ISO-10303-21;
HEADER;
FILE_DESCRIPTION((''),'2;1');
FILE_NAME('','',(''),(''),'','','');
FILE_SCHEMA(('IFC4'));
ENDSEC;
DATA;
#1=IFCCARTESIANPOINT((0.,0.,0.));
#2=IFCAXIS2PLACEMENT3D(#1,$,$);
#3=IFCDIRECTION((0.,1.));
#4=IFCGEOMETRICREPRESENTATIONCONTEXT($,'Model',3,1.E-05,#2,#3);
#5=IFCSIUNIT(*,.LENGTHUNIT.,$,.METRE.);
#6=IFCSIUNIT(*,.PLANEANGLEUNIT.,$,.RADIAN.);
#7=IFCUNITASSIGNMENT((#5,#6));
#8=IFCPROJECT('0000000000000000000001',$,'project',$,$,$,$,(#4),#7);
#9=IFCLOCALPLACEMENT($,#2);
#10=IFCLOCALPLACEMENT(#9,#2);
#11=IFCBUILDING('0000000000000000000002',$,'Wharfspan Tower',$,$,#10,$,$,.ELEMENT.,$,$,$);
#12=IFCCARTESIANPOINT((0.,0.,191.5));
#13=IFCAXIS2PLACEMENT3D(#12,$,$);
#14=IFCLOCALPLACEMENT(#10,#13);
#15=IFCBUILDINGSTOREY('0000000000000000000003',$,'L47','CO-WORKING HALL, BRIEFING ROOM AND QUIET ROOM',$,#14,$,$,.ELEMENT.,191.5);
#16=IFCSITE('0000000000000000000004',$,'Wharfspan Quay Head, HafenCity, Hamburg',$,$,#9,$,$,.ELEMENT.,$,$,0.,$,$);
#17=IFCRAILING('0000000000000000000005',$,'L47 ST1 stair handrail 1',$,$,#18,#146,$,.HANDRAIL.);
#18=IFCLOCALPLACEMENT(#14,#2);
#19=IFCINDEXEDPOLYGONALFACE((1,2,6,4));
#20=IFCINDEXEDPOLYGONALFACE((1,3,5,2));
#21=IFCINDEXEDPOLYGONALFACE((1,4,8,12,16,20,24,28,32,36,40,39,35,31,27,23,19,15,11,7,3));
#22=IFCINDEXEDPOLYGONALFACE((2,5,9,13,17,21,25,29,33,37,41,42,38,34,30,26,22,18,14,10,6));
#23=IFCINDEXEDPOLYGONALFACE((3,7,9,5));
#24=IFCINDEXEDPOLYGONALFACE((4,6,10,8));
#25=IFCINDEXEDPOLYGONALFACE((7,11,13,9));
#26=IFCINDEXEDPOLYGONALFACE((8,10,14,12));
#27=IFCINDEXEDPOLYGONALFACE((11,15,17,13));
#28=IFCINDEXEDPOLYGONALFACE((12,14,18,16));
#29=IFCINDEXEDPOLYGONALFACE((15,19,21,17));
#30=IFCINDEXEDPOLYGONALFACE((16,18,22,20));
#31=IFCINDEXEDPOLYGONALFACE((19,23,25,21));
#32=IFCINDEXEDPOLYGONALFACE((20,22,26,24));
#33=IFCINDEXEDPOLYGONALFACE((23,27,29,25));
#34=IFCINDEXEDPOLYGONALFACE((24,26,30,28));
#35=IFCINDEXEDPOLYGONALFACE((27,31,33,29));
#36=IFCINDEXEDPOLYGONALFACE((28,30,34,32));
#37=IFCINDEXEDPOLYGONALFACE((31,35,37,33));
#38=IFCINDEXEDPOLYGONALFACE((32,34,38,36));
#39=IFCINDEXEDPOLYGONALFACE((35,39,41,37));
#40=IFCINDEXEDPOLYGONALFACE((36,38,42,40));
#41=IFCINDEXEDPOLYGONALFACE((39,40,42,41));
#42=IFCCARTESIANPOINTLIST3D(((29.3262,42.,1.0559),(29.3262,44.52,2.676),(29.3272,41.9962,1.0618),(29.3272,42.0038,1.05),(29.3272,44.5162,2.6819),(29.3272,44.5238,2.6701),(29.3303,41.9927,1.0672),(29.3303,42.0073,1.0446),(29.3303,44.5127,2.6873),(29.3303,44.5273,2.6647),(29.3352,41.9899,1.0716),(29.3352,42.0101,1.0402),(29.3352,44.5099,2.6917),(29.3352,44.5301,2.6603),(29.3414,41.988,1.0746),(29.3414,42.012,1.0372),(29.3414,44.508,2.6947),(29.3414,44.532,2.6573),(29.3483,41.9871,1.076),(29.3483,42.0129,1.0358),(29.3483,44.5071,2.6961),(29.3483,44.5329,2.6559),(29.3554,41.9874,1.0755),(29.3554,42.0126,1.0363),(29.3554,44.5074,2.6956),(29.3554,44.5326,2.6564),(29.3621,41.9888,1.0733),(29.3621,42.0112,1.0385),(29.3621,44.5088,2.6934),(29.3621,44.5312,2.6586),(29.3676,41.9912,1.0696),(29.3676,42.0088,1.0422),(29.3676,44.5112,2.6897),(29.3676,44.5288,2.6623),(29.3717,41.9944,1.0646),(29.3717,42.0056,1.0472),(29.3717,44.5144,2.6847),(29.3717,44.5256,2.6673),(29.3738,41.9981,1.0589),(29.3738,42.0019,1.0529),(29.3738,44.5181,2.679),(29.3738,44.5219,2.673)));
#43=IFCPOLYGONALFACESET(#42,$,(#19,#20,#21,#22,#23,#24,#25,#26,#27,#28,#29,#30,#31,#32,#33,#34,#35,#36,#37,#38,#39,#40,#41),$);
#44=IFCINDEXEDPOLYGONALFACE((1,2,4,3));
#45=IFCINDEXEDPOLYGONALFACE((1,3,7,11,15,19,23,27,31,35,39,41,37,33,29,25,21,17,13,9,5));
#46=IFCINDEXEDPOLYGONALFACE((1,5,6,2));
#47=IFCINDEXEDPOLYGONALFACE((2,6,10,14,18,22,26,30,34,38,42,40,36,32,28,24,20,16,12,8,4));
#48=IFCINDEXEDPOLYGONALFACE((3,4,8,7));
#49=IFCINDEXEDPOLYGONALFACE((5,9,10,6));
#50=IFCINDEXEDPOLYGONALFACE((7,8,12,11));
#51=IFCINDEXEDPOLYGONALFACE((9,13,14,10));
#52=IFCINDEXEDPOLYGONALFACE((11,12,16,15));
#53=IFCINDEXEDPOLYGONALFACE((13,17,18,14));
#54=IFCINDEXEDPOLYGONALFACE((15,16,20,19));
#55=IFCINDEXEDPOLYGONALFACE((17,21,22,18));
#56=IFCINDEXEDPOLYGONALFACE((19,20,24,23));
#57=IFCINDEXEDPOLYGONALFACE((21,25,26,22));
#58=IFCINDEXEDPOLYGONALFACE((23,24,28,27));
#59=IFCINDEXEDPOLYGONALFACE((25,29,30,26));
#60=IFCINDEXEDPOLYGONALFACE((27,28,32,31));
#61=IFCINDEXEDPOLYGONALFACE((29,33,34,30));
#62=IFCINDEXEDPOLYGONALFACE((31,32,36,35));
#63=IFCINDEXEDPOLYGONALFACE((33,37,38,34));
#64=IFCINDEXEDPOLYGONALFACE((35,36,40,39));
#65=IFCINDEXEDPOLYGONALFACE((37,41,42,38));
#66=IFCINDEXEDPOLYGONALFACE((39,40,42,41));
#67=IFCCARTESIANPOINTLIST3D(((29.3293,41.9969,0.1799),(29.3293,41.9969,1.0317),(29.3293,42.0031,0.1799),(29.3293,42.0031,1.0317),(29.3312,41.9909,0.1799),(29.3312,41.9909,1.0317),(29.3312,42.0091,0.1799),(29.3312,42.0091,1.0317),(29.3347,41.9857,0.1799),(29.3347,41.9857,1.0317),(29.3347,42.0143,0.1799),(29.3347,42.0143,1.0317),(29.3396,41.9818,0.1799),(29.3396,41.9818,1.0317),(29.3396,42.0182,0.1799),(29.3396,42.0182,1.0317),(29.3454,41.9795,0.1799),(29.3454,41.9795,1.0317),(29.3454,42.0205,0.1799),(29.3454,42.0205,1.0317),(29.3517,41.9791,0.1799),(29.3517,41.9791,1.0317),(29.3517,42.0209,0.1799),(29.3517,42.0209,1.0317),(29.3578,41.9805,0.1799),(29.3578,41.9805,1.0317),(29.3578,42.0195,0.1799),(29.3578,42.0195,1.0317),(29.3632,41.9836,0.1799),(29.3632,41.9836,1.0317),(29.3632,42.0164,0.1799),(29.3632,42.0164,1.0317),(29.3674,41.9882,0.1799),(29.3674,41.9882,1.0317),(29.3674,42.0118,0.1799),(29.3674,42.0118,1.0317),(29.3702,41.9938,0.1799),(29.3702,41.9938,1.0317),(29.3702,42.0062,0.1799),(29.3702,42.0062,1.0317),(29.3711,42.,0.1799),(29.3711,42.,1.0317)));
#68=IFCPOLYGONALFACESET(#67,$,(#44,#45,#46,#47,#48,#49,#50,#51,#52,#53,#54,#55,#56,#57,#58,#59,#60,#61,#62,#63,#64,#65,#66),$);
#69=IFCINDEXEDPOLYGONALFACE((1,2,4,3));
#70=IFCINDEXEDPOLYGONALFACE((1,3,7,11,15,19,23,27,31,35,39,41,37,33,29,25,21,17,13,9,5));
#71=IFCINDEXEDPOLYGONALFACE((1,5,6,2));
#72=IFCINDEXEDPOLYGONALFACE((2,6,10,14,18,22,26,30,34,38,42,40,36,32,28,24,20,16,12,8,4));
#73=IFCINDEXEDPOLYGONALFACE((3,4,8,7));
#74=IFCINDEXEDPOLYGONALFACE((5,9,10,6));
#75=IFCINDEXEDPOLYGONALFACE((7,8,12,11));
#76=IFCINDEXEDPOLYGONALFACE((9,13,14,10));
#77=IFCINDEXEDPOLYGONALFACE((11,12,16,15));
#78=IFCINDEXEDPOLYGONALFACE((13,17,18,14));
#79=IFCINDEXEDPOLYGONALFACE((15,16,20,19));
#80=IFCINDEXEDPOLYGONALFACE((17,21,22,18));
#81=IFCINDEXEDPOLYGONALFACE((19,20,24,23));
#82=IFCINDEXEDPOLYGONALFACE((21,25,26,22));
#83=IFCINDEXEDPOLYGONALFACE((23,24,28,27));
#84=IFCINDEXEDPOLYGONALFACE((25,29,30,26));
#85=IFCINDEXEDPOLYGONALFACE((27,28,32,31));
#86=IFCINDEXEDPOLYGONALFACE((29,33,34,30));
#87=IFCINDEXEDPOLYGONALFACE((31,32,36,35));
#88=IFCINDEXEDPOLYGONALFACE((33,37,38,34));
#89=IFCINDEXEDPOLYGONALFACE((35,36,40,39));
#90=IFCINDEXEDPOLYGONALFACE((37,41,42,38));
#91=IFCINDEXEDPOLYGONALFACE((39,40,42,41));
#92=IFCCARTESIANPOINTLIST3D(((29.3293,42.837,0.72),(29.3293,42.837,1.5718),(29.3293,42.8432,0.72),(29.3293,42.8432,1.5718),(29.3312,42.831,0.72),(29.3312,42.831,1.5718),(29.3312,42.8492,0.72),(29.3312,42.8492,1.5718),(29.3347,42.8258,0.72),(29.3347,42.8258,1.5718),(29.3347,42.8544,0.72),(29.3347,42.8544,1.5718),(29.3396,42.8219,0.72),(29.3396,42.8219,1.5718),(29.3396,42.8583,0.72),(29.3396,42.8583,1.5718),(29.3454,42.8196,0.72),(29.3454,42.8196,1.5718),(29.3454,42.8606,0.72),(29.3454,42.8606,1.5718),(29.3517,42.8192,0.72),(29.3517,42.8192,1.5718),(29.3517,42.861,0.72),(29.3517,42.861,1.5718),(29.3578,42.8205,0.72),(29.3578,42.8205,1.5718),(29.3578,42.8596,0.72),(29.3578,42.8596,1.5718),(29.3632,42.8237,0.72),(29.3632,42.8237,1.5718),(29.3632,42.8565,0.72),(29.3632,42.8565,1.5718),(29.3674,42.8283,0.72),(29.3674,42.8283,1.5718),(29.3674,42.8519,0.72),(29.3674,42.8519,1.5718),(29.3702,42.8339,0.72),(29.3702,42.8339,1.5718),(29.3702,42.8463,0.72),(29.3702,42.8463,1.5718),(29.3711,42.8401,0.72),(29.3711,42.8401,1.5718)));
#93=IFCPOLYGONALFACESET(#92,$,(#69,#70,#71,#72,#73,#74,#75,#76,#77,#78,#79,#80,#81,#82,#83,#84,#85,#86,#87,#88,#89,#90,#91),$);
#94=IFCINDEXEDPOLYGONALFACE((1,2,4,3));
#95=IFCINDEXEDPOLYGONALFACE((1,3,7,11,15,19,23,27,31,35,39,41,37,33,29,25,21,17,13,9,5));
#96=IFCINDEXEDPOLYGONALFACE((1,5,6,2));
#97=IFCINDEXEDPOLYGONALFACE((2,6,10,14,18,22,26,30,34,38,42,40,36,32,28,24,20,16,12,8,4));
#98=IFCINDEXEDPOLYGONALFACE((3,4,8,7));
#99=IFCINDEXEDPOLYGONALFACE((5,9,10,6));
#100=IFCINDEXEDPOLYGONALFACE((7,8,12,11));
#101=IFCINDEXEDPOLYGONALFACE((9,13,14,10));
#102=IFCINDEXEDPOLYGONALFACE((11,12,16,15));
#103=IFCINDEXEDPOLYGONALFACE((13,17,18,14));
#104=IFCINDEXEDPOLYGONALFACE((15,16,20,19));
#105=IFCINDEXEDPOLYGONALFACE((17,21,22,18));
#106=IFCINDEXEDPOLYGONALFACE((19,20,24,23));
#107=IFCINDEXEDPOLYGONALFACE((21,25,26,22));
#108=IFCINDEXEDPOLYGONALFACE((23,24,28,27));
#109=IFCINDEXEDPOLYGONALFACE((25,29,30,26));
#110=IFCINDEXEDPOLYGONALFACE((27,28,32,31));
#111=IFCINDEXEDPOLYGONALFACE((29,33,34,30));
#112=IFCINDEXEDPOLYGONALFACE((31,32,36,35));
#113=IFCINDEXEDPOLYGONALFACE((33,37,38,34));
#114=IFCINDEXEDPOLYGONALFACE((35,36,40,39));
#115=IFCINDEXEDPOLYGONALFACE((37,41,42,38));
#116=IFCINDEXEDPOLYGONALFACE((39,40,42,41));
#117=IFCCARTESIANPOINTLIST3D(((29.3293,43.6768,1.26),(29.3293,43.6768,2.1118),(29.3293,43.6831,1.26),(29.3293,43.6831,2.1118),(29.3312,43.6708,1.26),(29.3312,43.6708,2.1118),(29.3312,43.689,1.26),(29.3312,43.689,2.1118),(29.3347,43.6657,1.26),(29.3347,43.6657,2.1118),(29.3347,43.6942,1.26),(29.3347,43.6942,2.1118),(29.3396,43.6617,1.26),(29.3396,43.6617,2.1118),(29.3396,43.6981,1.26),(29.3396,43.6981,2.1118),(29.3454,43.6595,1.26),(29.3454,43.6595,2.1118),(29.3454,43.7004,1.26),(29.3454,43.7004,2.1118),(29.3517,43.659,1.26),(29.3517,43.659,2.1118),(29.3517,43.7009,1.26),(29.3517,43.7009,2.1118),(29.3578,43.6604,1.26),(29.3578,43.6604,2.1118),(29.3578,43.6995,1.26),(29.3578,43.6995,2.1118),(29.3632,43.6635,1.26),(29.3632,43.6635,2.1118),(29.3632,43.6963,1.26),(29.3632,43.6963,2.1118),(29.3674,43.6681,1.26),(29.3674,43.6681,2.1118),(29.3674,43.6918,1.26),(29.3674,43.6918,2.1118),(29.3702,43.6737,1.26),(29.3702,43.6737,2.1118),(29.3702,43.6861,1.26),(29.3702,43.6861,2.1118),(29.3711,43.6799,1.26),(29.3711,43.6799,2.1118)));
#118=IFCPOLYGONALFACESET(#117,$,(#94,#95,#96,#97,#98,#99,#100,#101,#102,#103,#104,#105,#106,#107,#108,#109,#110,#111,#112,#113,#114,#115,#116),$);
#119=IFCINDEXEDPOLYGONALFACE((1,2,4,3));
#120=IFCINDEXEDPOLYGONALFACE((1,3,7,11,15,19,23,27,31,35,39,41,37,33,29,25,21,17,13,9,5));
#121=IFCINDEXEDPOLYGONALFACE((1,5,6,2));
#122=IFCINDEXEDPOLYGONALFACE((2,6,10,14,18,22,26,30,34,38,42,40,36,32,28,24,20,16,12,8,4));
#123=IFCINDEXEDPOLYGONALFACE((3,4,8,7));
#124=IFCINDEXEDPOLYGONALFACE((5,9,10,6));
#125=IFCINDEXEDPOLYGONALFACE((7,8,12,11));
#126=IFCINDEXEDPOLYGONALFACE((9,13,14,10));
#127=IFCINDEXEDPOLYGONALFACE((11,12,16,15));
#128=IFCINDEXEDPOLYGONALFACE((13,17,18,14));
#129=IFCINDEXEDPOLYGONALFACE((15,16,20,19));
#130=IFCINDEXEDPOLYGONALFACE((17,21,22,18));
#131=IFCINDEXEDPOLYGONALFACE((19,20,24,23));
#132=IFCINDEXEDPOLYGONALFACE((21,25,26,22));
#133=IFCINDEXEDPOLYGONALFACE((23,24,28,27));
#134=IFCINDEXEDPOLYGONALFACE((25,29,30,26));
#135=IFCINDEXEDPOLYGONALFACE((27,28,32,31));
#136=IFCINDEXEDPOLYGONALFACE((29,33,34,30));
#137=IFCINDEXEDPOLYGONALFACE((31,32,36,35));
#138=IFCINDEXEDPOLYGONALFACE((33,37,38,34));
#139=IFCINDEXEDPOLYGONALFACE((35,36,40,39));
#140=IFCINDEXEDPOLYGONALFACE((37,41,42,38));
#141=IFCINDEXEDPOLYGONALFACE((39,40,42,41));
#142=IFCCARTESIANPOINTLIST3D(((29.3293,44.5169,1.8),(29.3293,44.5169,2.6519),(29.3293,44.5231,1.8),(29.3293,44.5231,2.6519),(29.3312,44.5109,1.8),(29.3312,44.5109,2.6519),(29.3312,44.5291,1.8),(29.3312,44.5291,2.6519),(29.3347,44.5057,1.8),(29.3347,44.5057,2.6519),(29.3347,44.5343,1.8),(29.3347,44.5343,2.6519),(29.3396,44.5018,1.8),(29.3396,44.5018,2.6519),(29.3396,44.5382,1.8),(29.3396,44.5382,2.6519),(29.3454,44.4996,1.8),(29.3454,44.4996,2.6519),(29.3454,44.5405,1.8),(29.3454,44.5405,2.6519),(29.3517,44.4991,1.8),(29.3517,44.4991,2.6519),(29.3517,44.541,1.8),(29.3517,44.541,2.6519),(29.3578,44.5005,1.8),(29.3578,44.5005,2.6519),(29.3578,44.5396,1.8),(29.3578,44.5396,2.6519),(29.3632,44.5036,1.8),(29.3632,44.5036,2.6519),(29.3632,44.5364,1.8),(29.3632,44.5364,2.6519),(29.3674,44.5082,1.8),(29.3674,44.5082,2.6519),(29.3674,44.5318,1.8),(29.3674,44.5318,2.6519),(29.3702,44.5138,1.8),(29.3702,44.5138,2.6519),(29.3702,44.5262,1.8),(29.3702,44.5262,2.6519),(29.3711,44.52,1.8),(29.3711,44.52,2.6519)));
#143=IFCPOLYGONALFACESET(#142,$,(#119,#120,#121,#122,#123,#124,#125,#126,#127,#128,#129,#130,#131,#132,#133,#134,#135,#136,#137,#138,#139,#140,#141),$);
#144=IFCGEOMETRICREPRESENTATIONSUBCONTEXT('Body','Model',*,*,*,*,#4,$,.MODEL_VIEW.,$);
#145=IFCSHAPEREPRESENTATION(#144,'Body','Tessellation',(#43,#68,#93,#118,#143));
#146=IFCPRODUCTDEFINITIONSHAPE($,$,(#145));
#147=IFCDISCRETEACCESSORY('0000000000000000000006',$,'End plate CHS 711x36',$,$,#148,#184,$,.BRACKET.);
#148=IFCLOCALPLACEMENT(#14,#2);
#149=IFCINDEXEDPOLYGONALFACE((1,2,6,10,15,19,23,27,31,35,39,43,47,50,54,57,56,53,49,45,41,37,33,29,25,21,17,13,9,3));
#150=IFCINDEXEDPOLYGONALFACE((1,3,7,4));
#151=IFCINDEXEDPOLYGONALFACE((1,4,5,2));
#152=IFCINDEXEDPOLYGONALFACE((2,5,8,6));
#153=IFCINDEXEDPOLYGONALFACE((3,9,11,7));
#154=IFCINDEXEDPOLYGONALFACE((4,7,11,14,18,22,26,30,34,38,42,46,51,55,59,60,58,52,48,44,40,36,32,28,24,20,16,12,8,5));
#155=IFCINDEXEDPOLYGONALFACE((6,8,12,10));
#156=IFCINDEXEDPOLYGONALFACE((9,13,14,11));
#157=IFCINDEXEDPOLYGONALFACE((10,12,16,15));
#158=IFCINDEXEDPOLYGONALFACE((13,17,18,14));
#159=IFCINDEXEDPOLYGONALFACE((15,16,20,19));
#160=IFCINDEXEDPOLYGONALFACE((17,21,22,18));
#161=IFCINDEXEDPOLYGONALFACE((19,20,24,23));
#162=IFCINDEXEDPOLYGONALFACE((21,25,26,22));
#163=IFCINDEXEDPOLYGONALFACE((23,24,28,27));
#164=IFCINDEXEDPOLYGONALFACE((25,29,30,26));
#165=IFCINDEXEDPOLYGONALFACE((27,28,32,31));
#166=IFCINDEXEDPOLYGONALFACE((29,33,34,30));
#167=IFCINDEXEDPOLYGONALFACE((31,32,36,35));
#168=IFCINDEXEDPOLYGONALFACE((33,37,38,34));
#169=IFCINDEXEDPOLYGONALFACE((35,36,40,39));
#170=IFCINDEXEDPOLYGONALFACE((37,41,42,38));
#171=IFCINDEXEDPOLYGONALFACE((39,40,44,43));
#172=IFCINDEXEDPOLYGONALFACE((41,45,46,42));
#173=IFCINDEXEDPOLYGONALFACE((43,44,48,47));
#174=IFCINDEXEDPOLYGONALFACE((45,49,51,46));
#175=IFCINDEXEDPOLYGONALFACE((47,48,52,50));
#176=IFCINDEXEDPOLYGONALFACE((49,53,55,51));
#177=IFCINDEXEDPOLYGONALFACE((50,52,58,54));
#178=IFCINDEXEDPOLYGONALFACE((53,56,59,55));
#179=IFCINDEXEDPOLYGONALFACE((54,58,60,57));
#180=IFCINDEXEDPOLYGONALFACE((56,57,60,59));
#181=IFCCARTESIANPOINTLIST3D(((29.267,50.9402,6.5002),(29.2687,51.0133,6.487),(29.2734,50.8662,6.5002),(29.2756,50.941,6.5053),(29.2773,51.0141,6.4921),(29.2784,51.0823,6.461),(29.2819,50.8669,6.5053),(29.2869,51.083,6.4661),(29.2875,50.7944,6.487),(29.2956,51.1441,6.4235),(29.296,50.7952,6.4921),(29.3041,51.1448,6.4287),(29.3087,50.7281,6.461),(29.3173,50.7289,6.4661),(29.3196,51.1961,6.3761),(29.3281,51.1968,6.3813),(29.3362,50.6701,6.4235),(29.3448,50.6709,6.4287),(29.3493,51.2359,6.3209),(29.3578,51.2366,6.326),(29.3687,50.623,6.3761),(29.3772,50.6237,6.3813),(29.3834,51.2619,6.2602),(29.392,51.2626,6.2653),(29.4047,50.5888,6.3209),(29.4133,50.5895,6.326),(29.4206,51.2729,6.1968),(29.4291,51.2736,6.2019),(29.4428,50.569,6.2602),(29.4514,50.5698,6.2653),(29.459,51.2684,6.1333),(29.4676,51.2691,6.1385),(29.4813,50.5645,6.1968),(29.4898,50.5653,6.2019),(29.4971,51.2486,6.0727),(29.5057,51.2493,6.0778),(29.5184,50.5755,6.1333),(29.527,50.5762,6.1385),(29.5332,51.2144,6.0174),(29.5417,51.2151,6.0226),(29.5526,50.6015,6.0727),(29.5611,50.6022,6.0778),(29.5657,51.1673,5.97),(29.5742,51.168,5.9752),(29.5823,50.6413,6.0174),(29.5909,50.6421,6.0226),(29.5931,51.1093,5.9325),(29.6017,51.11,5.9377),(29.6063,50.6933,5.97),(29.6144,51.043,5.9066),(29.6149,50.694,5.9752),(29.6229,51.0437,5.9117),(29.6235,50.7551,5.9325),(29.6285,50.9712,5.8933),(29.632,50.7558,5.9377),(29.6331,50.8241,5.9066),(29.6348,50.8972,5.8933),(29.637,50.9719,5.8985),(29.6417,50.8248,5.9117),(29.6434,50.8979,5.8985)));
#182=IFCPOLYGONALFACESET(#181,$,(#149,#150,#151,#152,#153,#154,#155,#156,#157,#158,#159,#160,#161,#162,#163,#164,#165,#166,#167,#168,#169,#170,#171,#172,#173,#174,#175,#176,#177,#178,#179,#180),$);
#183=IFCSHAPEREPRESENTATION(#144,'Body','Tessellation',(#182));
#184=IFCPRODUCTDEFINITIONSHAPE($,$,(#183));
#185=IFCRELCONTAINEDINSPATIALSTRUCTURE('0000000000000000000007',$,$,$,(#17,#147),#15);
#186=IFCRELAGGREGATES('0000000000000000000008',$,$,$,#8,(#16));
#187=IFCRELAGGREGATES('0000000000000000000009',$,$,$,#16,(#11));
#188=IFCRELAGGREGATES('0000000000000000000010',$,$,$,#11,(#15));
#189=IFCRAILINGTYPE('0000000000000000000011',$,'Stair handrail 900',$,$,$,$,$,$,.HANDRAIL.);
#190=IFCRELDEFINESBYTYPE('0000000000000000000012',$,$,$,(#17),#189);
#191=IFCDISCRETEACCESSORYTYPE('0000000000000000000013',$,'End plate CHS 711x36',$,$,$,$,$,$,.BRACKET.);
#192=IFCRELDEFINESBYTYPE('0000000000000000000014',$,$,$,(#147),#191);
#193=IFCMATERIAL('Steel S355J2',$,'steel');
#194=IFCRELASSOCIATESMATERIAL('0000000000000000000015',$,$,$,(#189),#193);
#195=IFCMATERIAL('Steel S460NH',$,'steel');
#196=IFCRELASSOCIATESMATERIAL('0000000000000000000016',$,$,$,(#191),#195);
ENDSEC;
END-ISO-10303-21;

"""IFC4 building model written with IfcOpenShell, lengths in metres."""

from ifc_helpers import new_model, si_unit, direction, frame, origin, origin_2d, place, context, subcontext, project, spatial, circle, extrude, material, material_profile, profile_set, type_object, element, save


model = new_model("IFC4")

# Units and contexts
model_context = context("Model", 3, precision=1e-05, world=origin(), true_north=direction((0.0, 1.0)))
body_context = subcontext(model_context, "Body", "Model", "MODEL_VIEW")
ifc_project = project(units=[si_unit("LENGTHUNIT", "METRE"), si_unit("PLANEANGLEUNIT", "RADIAN")], contexts=[model_context])

# Site, building, storey
site_placement = place(None, origin())
site = spatial("IfcSite", under=ifc_project, at=site_placement, Name="Wharfspan Quay Head, HafenCity, Hamburg", CompositionType="ELEMENT", RefElevation=0.0)
building_placement = place(site_placement, origin())
building = spatial("IfcBuilding", under=site, at=building_placement, Name="Wharfspan Tower", CompositionType="ELEMENT")
storey_placement = place(building_placement, frame((0.0, 0.0, 191.5)))
storey = spatial("IfcBuildingStorey", under=building, at=storey_placement, Name="L47", Description="CO-WORKING HALL, BRIEFING ROOM AND QUIET ROOM", CompositionType="ELEMENT", Elevation=191.5)

# Shared definitions
ifc_material_1 = material(Name="Steel S355J2", Category="steel")

# Shared definitions
ifc_material_2 = material(Name="Steel S460NH", Category="steel")

# Railing
railing_type_1 = type_object("IfcRailingType", Name="Stair handrail 900", PredefinedType="HANDRAIL", material=ifc_material_1)
railing_1_placement = place(storey_placement, frame((29.3501, 42.0, 0.1799)))
element("IfcRailing", 1, at=railing_1_placement, inside=storey, type_object=railing_type_1, Name="L47 ST1 stair handrail 1", PredefinedType="HANDRAIL", context=body_context, shape_type="SweptSolid", body=[
    extrude(circle(Radius=0.0239, at=origin_2d()), frame((0.0, 0.0, 0.876), z_axis=(0.0, 0.841163, 0.540782), x_axis=(-1.0, 0.0, 0.0)), (0.0, 0.0, 1.0), 2.9958),
    extrude(circle(Radius=0.021, at=origin_2d()), origin(), (0.0, 0.0, 1.0), 0.8518),
    extrude(circle(Radius=0.021, at=origin_2d()), frame((0.0, 0.8401, 0.54)), (0.0, 0.0, 1.0), 0.8518),
    extrude(circle(Radius=0.021, at=origin_2d()), frame((0.0, 1.6799, 1.0801)), (0.0, 0.0, 1.0), 0.8518),
    extrude(circle(Radius=0.021, at=origin_2d()), frame((0.0, 2.52, 1.6201)), (0.0, 0.0, 1.0), 0.8518),
])

# Discrete accessory
ifc_material_profile_1 = material_profile(ifc_material_2, circle(Radius=0.3555, at=origin_2d()))
ifc_profile_set_1 = profile_set([ifc_material_profile_1], Name="Steel S460NH")
discrete_accessory_type = type_object("IfcDiscreteAccessoryType", Name="End plate CHS 711x36", PredefinedType="BRACKET", material=ifc_profile_set_1)
for number, where, z_axis, x_axis, name in (
    (2, (29.4509, 50.9187, 6.1968), (0.855186, 0.073302, 0.513112), (-0.085402, 0.996345, 0.000001), "End plate CHS 711x36"),
):
    element("IfcDiscreteAccessory", number, at=place(storey_placement, frame(where, z_axis=z_axis, x_axis=x_axis)), inside=storey, type_object=discrete_accessory_type, Name=name, PredefinedType="BRACKET", context=body_context, shape_type="SweptSolid", body=[
        extrude(circle(Radius=0.3555, at=origin_2d()), origin(), (0.0, 0.0, 1.0), 0.01),
    ])

save(model, "model.ifc")
